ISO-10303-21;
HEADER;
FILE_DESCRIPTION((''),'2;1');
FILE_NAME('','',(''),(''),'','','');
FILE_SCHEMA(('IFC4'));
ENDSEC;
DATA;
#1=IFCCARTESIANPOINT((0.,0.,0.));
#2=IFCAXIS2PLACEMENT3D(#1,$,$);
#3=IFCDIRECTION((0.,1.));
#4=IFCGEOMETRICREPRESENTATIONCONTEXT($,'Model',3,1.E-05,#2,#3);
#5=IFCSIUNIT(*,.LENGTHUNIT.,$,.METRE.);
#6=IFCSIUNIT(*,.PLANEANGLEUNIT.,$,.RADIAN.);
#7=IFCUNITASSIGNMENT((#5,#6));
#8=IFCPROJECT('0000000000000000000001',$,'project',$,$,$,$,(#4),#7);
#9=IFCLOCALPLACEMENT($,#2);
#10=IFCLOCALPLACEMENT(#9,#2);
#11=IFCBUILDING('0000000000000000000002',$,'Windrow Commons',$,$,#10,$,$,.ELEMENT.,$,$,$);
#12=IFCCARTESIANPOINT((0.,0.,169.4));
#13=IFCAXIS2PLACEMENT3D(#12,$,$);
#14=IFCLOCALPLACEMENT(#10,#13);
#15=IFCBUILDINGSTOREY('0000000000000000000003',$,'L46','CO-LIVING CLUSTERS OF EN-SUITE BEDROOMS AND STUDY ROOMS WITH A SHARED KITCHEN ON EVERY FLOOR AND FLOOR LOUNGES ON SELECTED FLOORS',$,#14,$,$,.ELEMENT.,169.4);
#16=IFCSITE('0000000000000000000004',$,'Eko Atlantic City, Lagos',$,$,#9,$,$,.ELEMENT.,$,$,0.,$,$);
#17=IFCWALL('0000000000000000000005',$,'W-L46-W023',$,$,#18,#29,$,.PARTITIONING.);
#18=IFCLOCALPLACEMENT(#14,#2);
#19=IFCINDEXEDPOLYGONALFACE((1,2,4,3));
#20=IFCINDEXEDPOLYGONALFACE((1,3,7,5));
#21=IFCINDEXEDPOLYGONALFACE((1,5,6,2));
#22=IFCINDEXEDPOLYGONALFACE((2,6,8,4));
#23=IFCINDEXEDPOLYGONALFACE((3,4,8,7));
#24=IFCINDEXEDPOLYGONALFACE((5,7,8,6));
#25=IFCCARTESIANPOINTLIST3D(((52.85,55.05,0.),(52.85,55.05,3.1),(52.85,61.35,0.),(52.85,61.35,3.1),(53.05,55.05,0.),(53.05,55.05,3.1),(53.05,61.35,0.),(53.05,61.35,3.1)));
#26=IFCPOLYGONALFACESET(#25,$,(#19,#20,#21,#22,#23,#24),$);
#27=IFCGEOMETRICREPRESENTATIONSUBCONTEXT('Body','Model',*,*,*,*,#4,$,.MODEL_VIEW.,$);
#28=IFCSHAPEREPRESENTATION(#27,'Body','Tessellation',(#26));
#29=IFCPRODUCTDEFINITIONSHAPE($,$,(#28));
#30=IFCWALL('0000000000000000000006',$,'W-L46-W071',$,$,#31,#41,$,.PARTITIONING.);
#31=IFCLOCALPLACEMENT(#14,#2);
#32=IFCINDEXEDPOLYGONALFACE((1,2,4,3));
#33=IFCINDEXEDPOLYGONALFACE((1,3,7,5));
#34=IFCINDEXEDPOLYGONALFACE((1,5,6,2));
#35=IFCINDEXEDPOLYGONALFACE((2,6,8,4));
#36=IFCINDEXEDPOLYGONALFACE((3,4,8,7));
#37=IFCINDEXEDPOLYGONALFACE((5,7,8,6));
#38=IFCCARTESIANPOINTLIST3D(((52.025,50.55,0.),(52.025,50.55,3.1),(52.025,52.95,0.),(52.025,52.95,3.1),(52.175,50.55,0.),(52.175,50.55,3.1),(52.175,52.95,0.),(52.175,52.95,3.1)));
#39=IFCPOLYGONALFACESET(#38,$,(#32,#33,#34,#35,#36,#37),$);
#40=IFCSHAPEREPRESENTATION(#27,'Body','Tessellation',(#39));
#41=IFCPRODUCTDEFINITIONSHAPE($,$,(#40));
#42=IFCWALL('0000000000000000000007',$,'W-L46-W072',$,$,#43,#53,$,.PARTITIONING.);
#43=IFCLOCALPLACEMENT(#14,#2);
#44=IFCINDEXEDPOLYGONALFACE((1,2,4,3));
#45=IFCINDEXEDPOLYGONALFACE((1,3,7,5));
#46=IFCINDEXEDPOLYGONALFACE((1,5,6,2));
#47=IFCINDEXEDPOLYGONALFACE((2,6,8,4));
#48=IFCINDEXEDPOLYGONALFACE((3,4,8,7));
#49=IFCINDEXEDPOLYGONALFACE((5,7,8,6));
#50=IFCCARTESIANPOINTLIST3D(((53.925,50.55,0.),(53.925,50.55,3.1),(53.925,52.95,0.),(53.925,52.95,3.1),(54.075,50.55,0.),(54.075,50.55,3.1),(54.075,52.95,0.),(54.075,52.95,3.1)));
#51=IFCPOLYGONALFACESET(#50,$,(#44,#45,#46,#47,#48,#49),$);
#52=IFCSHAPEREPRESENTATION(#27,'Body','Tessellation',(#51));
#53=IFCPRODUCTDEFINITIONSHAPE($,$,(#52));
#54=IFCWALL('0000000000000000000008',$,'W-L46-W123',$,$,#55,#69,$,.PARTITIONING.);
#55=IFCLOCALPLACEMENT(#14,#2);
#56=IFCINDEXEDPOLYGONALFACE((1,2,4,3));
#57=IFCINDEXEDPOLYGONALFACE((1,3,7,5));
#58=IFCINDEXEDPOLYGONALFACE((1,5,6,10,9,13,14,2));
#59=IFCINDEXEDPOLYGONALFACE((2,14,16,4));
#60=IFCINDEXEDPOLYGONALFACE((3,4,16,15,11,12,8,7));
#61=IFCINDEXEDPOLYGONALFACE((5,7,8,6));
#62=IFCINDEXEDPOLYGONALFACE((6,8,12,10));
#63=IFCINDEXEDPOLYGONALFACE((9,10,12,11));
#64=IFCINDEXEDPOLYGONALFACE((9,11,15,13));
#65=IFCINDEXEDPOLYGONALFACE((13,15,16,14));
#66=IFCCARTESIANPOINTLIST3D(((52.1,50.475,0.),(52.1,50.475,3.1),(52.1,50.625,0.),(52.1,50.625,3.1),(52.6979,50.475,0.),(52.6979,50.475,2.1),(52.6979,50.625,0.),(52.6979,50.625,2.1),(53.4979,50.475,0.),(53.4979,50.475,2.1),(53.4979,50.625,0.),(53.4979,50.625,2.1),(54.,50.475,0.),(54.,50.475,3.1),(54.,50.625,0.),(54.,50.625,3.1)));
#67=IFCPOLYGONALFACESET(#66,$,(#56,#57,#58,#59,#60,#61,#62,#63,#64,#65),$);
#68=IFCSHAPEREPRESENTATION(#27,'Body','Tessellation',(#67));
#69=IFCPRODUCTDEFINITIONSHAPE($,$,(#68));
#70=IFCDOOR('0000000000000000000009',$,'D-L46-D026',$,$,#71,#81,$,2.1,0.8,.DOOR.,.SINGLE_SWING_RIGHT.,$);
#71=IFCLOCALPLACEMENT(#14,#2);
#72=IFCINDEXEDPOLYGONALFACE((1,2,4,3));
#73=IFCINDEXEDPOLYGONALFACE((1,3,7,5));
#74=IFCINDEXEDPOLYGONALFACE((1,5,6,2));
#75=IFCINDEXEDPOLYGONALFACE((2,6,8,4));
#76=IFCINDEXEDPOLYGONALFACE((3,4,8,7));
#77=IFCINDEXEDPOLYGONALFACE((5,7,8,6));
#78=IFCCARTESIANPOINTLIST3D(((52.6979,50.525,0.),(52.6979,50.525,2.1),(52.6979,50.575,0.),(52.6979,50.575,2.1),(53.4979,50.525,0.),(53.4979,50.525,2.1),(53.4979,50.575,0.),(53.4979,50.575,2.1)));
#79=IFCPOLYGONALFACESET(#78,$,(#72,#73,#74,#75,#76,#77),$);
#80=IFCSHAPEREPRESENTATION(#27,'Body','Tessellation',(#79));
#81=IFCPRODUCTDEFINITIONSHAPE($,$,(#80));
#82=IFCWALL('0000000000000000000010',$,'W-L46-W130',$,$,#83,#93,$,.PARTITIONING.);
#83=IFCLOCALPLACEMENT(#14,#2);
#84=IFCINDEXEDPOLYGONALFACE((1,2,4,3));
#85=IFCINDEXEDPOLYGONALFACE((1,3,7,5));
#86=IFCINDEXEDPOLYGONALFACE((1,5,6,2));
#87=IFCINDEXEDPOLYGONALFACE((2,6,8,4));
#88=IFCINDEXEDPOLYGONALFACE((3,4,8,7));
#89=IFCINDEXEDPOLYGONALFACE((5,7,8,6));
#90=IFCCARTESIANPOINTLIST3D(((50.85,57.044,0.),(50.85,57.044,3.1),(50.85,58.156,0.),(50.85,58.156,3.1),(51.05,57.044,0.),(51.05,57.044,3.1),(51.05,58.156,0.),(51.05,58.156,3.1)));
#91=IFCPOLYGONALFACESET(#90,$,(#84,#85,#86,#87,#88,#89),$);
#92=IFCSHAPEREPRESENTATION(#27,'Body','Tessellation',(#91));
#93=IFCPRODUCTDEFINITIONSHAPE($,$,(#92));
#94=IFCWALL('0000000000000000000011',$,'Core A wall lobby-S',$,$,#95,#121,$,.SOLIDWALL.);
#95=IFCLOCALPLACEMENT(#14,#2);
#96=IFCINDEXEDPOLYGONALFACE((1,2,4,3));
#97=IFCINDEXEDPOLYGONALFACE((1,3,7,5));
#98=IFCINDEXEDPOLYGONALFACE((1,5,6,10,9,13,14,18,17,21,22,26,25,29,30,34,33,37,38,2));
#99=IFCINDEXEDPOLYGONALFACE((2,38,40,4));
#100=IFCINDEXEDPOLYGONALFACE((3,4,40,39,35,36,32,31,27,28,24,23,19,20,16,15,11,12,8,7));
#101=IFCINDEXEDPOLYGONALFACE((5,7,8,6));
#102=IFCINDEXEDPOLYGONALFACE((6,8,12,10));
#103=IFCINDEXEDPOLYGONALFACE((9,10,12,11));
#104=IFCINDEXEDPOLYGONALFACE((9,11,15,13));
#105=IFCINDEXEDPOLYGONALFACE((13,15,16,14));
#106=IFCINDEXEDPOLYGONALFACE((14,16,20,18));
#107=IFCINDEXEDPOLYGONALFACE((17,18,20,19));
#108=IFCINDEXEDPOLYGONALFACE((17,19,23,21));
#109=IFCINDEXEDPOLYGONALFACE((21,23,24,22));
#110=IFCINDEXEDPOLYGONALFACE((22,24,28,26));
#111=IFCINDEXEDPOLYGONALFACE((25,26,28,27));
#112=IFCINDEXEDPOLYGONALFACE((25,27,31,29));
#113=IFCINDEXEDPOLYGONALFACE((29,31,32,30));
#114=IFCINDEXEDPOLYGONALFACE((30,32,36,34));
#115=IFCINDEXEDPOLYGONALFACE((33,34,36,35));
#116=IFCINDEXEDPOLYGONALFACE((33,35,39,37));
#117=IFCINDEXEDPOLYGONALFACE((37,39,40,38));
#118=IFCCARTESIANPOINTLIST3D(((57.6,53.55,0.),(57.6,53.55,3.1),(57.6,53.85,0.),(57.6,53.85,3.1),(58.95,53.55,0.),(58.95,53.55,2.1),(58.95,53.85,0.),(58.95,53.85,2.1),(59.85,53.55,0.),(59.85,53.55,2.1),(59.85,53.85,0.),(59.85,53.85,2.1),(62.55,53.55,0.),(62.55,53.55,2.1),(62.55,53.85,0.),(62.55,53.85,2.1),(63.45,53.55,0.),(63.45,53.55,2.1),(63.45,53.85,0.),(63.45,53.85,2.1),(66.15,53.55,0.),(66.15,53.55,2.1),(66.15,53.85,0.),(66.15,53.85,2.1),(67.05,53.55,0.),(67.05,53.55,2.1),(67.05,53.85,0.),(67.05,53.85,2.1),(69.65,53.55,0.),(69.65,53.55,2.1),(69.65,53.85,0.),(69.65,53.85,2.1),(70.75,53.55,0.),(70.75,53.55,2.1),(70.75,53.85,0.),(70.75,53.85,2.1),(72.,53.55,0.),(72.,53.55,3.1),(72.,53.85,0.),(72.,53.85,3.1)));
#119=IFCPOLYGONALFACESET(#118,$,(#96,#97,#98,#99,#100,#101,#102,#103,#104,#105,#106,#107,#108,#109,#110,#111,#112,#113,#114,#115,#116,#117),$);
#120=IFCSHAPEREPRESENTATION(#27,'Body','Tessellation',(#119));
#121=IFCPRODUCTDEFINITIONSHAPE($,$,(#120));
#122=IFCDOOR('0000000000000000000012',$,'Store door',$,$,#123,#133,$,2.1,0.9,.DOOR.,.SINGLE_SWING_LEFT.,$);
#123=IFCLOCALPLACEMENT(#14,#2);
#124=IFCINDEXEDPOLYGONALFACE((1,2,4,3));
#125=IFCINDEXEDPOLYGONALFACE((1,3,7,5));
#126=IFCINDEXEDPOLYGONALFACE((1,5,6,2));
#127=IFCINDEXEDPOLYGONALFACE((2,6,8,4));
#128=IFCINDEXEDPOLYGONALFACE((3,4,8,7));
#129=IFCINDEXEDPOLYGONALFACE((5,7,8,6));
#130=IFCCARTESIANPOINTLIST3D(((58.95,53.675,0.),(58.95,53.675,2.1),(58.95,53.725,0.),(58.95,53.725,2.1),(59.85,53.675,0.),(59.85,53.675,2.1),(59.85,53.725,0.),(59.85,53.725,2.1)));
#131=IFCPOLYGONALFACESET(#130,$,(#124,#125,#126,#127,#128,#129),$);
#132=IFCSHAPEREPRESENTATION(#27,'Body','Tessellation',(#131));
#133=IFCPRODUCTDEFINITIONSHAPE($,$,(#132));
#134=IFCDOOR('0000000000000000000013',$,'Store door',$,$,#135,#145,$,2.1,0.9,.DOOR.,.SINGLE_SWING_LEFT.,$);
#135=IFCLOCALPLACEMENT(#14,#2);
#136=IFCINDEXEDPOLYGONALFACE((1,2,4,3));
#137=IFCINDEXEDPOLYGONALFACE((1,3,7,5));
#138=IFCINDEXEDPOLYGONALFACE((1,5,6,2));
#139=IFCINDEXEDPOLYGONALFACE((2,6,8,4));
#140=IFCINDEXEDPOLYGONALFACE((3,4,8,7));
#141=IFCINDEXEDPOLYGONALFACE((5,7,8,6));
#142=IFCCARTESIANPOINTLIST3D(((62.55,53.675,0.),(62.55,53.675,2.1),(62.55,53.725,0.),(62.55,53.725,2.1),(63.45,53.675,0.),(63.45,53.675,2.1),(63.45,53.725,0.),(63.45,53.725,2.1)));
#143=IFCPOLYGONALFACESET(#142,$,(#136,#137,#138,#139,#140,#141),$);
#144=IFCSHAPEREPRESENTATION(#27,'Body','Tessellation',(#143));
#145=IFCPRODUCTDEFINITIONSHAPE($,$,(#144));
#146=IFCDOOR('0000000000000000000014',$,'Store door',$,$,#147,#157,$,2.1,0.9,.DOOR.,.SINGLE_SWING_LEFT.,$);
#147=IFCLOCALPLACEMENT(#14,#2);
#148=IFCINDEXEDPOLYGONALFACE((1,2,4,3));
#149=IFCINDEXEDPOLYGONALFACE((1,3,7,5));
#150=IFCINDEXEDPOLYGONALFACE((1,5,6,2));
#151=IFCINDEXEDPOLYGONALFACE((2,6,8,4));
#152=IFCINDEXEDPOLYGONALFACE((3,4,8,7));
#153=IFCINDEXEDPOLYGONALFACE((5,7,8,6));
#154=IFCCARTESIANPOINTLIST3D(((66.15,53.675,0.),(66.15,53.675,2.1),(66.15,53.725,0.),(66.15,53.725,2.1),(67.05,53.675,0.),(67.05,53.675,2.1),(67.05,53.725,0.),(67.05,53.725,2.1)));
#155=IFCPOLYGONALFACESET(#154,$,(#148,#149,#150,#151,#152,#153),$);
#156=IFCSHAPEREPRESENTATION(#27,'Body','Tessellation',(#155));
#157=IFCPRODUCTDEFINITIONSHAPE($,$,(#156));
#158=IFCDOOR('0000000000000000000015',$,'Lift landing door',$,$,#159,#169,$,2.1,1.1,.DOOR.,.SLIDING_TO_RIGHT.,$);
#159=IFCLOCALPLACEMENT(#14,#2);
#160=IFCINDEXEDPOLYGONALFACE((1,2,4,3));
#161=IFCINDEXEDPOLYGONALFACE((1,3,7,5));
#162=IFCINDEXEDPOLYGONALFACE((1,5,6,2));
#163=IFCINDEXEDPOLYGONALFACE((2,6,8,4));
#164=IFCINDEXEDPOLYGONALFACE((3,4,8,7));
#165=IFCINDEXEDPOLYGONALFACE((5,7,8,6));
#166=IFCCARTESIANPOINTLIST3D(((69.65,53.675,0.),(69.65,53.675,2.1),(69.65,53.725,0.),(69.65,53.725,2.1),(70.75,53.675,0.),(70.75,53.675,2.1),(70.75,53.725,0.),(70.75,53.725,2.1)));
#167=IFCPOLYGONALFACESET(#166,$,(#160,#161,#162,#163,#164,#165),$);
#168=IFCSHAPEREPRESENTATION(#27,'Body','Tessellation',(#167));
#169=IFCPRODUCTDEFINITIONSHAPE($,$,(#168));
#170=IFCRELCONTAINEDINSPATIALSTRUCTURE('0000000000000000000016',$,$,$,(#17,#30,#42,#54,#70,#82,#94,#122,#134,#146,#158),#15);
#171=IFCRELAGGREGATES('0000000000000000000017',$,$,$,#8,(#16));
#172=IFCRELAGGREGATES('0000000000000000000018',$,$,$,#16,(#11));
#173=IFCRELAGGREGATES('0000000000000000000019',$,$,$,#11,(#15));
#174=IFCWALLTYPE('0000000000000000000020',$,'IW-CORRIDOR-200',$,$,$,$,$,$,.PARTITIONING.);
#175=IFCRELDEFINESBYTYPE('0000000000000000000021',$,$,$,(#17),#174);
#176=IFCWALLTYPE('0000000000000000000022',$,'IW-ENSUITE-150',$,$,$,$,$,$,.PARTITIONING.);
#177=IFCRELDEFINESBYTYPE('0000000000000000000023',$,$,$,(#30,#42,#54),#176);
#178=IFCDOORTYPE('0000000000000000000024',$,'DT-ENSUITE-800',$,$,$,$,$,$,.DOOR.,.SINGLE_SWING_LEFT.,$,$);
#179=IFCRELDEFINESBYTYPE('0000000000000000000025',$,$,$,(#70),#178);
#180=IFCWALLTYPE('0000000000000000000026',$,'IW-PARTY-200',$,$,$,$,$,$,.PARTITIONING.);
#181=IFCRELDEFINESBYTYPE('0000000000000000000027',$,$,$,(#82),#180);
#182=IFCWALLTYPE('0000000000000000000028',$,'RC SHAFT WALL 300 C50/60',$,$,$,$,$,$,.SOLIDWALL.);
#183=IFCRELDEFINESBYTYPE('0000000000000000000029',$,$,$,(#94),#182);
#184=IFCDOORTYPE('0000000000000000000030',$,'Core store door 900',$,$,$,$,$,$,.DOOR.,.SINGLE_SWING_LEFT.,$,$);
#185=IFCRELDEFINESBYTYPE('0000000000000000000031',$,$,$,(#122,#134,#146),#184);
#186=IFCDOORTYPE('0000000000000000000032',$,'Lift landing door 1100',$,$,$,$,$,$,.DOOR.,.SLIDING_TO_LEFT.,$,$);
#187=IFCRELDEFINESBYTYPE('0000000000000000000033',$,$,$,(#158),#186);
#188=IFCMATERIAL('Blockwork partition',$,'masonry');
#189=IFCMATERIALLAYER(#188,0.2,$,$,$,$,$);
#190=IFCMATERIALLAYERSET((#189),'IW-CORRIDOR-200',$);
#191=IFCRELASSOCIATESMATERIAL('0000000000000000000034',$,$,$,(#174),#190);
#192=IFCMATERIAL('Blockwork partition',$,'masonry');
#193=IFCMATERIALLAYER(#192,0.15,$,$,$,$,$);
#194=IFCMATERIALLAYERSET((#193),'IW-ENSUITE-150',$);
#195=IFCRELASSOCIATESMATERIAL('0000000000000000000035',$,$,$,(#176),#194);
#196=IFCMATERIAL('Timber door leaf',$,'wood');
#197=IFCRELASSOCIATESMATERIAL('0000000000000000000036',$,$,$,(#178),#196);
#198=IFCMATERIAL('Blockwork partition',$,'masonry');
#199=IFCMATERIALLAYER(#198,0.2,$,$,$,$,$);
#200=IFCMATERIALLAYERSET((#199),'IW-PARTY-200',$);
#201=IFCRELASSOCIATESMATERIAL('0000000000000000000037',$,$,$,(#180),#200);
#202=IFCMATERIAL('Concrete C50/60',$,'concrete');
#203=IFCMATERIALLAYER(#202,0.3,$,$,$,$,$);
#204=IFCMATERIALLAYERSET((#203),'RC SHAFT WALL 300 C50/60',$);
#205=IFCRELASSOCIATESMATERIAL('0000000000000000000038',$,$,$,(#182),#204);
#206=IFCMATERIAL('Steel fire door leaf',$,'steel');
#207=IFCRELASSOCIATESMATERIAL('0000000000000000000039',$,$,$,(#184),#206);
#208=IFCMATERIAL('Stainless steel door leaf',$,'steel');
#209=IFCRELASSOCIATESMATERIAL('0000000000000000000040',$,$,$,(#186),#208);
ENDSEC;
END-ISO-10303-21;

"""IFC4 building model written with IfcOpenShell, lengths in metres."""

from ifc_helpers import new_model, si_unit, direction, frame, frame_2d, origin, place, context, subcontext, project, spatial, rectangle, extrude, material, layer, layer_set, type_object, element, fill, save


model = new_model("IFC4")

# Units and contexts
model_context = context("Model", 3, precision=1e-05, world=origin(), true_north=direction((0.0, 1.0)))
body_context = subcontext(model_context, "Body", "Model", "MODEL_VIEW")
ifc_project = project(units=[si_unit("LENGTHUNIT", "METRE"), si_unit("PLANEANGLEUNIT", "RADIAN")], contexts=[model_context])

# Site, building, storey
site_placement = place(None, origin())
site = spatial("IfcSite", under=ifc_project, at=site_placement, Name="Eko Atlantic City, Lagos", CompositionType="ELEMENT", RefElevation=0.0)
building_placement = place(site_placement, origin())
building = spatial("IfcBuilding", under=site, at=building_placement, Name="Windrow Commons", CompositionType="ELEMENT")
storey_placement = place(building_placement, frame((0.0, 0.0, 169.4)))
storey = spatial("IfcBuildingStorey", under=building, at=storey_placement, Name="L46", Description="CO-LIVING CLUSTERS OF EN-SUITE BEDROOMS AND STUDY ROOMS WITH A SHARED KITCHEN ON EVERY FLOOR AND FLOOR LOUNGES ON SELECTED FLOORS", CompositionType="ELEMENT", Elevation=169.4)

# Walls
ifc_material_1 = material(Name="Blockwork partition", Category="masonry")
ifc_layer_1 = layer(ifc_material_1, 0.2)
ifc_layer_set_1 = layer_set([ifc_layer_1], Name="IW-CORRIDOR-200")
wall_type_1 = type_object("IfcWallType", Name="IW-CORRIDOR-200", PredefinedType="PARTITIONING", material=ifc_layer_set_1)
wall_1_placement = place(storey_placement, frame((52.95, 55.05, 0.0), z_axis=(0.0, 0.0, 1.0), x_axis=(0.0, 1.0, 0.0)))
element("IfcWall", 1, at=wall_1_placement, inside=storey, type_object=wall_type_1, Name="W-L46-W023", PredefinedType="PARTITIONING", context=body_context, shape_type="SweptSolid", body=[
    extrude(rectangle(XDim=6.3, YDim=0.2, at=frame_2d((3.15, 0.0))), origin(), (0.0, 0.0, 1.0), 3.1),
])
ifc_material_2 = material(Name="Blockwork partition", Category="masonry")
ifc_layer_2 = layer(ifc_material_2, 0.15)
ifc_layer_set_2 = layer_set([ifc_layer_2], Name="IW-ENSUITE-150")
wall_type_2 = type_object("IfcWallType", Name="IW-ENSUITE-150", PredefinedType="PARTITIONING", material=ifc_layer_set_2)
for number, where, z_axis, x_axis, name in (
    (2, (52.1, 50.55, 0.0), (0.0, 0.0, 1.0), (0.0, 1.0, 0.0), "W-L46-W071"),
    (3, (54.0, 50.55, 0.0), (0.0, 0.0, 1.0), (0.0, 1.0, 0.0), "W-L46-W072"),
):
    element("IfcWall", number, at=place(storey_placement, frame(where, z_axis=z_axis, x_axis=x_axis)), inside=storey, type_object=wall_type_2, Name=name, PredefinedType="PARTITIONING", context=body_context, shape_type="SweptSolid", body=[
        extrude(rectangle(XDim=2.4, YDim=0.15, at=frame_2d((1.2, 0.0))), origin(), (0.0, 0.0, 1.0), 3.1),
    ])

# Wall, opening, door
wall_2_placement = place(storey_placement, frame((52.1, 50.55, 0.0), z_axis=(0.0, 0.0, 1.0), x_axis=(1.0, 0.0, 0.0)))
wall_2 = element("IfcWall", 4, at=wall_2_placement, inside=storey, type_object=wall_type_2, Name="W-L46-W123", PredefinedType="PARTITIONING", context=body_context, shape_type="SweptSolid", body=[
    extrude(rectangle(XDim=1.9, YDim=0.15, at=frame_2d((0.95, 0.0))), origin(), (0.0, 0.0, 1.0), 3.1),
])
opening_1_placement = place(wall_2_placement, frame((0.5979, 0.0, 0.0)))
opening_1 = element("IfcOpeningElement", 5, at=opening_1_placement, cuts=wall_2, PredefinedType="OPENING", context=body_context, shape_type="SweptSolid", body=[
    extrude(rectangle(XDim=0.8, YDim=2.1, at=frame_2d((0.4, 1.05))), frame((0.0, 0.085, 0.0), z_axis=(0.0, -1.0, 0.0), x_axis=(1.0, 0.0, 0.0)), (0.0, 0.0, 1.0), 0.17),
])
ifc_material_3 = material(Name="Timber door leaf", Category="wood")
door_type_1 = type_object("IfcDoorType", Name="DT-ENSUITE-800", OperationType="SINGLE_SWING_LEFT", PredefinedType="DOOR", material=ifc_material_3)
door_1_placement = place(opening_1_placement, origin())
door_1 = element("IfcDoor", 6, at=door_1_placement, inside=storey, type_object=door_type_1, Name="D-L46-D026", OperationType="SINGLE_SWING_RIGHT", OverallHeight=2.1, OverallWidth=0.8, PredefinedType="DOOR", context=body_context, shape_type="SweptSolid", body=[
    extrude(rectangle(XDim=0.8, YDim=2.1, at=frame_2d((0.4, 1.05))), frame((0.0, 0.025, 0.0), z_axis=(0.0, -1.0, 0.0), x_axis=(1.0, 0.0, 0.0)), (0.0, 0.0, 1.0), 0.05),
])
fill(opening_1, door_1)

# Wall
ifc_material_4 = material(Name="Blockwork partition", Category="masonry")
ifc_layer_3 = layer(ifc_material_4, 0.2)
ifc_layer_set_3 = layer_set([ifc_layer_3], Name="IW-PARTY-200")
wall_type_3 = type_object("IfcWallType", Name="IW-PARTY-200", PredefinedType="PARTITIONING", material=ifc_layer_set_3)
wall_3_placement = place(storey_placement, frame((50.95, 57.044, 0.0), z_axis=(0.0, 0.0, 1.0), x_axis=(0.0, 1.0, 0.0)))
element("IfcWall", 7, at=wall_3_placement, inside=storey, type_object=wall_type_3, Name="W-L46-W130", PredefinedType="PARTITIONING", context=body_context, shape_type="SweptSolid", body=[
    extrude(rectangle(XDim=1.112, YDim=0.2, at=frame_2d((0.556, 0.0))), origin(), (0.0, 0.0, 1.0), 3.1),
])

# Wall, openings, doors
ifc_material_5 = material(Name="Concrete C50/60", Category="concrete")
ifc_layer_4 = layer(ifc_material_5, 0.3)
ifc_layer_set_4 = layer_set([ifc_layer_4], Name="RC SHAFT WALL 300 C50/60")
wall_type_4 = type_object("IfcWallType", Name="RC SHAFT WALL 300 C50/60", PredefinedType="SOLIDWALL", material=ifc_layer_set_4)
wall_4_placement = place(storey_placement, frame((57.6, 53.7, 0.0), z_axis=(0.0, 0.0, 1.0), x_axis=(1.0, 0.0, 0.0)))
wall_4 = element("IfcWall", 8, at=wall_4_placement, inside=storey, type_object=wall_type_4, Name="Core A wall lobby-S", PredefinedType="SOLIDWALL", context=body_context, shape_type="SweptSolid", body=[
    extrude(rectangle(XDim=14.4, YDim=0.3, at=frame_2d((7.2, 0.0))), origin(), (0.0, 0.0, 1.0), 3.1),
])
opening_2_placement = place(wall_4_placement, frame((1.35, 0.0, 0.0)))
opening_2 = element("IfcOpeningElement", 9, at=opening_2_placement, cuts=wall_4, PredefinedType="OPENING", context=body_context, shape_type="SweptSolid", body=[
    extrude(rectangle(XDim=0.9, YDim=2.1, at=frame_2d((0.45, 1.05))), frame((0.0, 0.16, 0.0), z_axis=(0.0, -1.0, 0.0), x_axis=(1.0, 0.0, 0.0)), (0.0, 0.0, 1.0), 0.32),
])
opening_3_placement = place(wall_4_placement, frame((4.95, 0.0, 0.0)))
opening_3 = element("IfcOpeningElement", 10, at=opening_3_placement, cuts=wall_4, PredefinedType="OPENING", context=body_context, shape_type="SweptSolid", body=[
    extrude(rectangle(XDim=0.9, YDim=2.1, at=frame_2d((0.45, 1.05))), frame((0.0, 0.16, 0.0), z_axis=(0.0, -1.0, 0.0), x_axis=(1.0, 0.0, 0.0)), (0.0, 0.0, 1.0), 0.32),
])
opening_4_placement = place(wall_4_placement, frame((8.55, 0.0, 0.0)))
opening_4 = element("IfcOpeningElement", 11, at=opening_4_placement, cuts=wall_4, PredefinedType="OPENING", context=body_context, shape_type="SweptSolid", body=[
    extrude(rectangle(XDim=0.9, YDim=2.1, at=frame_2d((0.45, 1.05))), frame((0.0, 0.16, 0.0), z_axis=(0.0, -1.0, 0.0), x_axis=(1.0, 0.0, 0.0)), (0.0, 0.0, 1.0), 0.32),
])
opening_5_placement = place(wall_4_placement, frame((12.05, 0.0, 0.0)))
opening_5 = element("IfcOpeningElement", 12, at=opening_5_placement, cuts=wall_4, PredefinedType="OPENING", context=body_context, shape_type="SweptSolid", body=[
    extrude(rectangle(XDim=1.1, YDim=2.1, at=frame_2d((0.55, 1.05))), frame((0.0, 0.16, 0.0), z_axis=(0.0, -1.0, 0.0), x_axis=(1.0, 0.0, 0.0)), (0.0, 0.0, 1.0), 0.32),
])
ifc_material_6 = material(Name="Steel fire door leaf", Category="steel")
door_type_2 = type_object("IfcDoorType", Name="Core store door 900", OperationType="SINGLE_SWING_LEFT", PredefinedType="DOOR", material=ifc_material_6)
door_2_placement = place(opening_2_placement, origin())
door_2 = element("IfcDoor", 13, at=door_2_placement, inside=storey, type_object=door_type_2, Name="Store door", OperationType="SINGLE_SWING_LEFT", OverallHeight=2.1, OverallWidth=0.9, PredefinedType="DOOR", context=body_context, shape_type="SweptSolid", body=[
    extrude(rectangle(XDim=0.9, YDim=2.1, at=frame_2d((0.45, 1.05))), frame((0.0, 0.025, 0.0), z_axis=(0.0, -1.0, 0.0), x_axis=(1.0, 0.0, 0.0)), (0.0, 0.0, 1.0), 0.05),
])
fill(opening_2, door_2)
door_3_placement = place(opening_3_placement, origin())
door_3 = element("IfcDoor", 14, at=door_3_placement, inside=storey, type_object=door_type_2, Name="Store door", OperationType="SINGLE_SWING_LEFT", OverallHeight=2.1, OverallWidth=0.9, PredefinedType="DOOR", context=body_context, shape_type="SweptSolid", body=[
    extrude(rectangle(XDim=0.9, YDim=2.1, at=frame_2d((0.45, 1.05))), frame((0.0, 0.025, 0.0), z_axis=(0.0, -1.0, 0.0), x_axis=(1.0, 0.0, 0.0)), (0.0, 0.0, 1.0), 0.05),
])
fill(opening_3, door_3)
door_4_placement = place(opening_4_placement, origin())
door_4 = element("IfcDoor", 15, at=door_4_placement, inside=storey, type_object=door_type_2, Name="Store door", OperationType="SINGLE_SWING_LEFT", OverallHeight=2.1, OverallWidth=0.9, PredefinedType="DOOR", context=body_context, shape_type="SweptSolid", body=[
    extrude(rectangle(XDim=0.9, YDim=2.1, at=frame_2d((0.45, 1.05))), frame((0.0, 0.025, 0.0), z_axis=(0.0, -1.0, 0.0), x_axis=(1.0, 0.0, 0.0)), (0.0, 0.0, 1.0), 0.05),
])
fill(opening_4, door_4)
ifc_material_7 = material(Name="Stainless steel door leaf", Category="steel")
door_type_3 = type_object("IfcDoorType", Name="Lift landing door 1100", OperationType="SLIDING_TO_LEFT", PredefinedType="DOOR", material=ifc_material_7)
door_5_placement = place(opening_5_placement, origin())
door_5 = element("IfcDoor", 16, at=door_5_placement, inside=storey, type_object=door_type_3, Name="Lift landing door", OperationType="SLIDING_TO_RIGHT", OverallHeight=2.1, OverallWidth=1.1, PredefinedType="DOOR", context=body_context, shape_type="SweptSolid", body=[
    extrude(rectangle(XDim=1.1, YDim=2.1, at=frame_2d((0.55, 1.05))), frame((0.0, 0.025, 0.0), z_axis=(0.0, -1.0, 0.0), x_axis=(1.0, 0.0, 0.0)), (0.0, 0.0, 1.0), 0.05),
])
fill(opening_5, door_5)

save(model, "model.ifc")
